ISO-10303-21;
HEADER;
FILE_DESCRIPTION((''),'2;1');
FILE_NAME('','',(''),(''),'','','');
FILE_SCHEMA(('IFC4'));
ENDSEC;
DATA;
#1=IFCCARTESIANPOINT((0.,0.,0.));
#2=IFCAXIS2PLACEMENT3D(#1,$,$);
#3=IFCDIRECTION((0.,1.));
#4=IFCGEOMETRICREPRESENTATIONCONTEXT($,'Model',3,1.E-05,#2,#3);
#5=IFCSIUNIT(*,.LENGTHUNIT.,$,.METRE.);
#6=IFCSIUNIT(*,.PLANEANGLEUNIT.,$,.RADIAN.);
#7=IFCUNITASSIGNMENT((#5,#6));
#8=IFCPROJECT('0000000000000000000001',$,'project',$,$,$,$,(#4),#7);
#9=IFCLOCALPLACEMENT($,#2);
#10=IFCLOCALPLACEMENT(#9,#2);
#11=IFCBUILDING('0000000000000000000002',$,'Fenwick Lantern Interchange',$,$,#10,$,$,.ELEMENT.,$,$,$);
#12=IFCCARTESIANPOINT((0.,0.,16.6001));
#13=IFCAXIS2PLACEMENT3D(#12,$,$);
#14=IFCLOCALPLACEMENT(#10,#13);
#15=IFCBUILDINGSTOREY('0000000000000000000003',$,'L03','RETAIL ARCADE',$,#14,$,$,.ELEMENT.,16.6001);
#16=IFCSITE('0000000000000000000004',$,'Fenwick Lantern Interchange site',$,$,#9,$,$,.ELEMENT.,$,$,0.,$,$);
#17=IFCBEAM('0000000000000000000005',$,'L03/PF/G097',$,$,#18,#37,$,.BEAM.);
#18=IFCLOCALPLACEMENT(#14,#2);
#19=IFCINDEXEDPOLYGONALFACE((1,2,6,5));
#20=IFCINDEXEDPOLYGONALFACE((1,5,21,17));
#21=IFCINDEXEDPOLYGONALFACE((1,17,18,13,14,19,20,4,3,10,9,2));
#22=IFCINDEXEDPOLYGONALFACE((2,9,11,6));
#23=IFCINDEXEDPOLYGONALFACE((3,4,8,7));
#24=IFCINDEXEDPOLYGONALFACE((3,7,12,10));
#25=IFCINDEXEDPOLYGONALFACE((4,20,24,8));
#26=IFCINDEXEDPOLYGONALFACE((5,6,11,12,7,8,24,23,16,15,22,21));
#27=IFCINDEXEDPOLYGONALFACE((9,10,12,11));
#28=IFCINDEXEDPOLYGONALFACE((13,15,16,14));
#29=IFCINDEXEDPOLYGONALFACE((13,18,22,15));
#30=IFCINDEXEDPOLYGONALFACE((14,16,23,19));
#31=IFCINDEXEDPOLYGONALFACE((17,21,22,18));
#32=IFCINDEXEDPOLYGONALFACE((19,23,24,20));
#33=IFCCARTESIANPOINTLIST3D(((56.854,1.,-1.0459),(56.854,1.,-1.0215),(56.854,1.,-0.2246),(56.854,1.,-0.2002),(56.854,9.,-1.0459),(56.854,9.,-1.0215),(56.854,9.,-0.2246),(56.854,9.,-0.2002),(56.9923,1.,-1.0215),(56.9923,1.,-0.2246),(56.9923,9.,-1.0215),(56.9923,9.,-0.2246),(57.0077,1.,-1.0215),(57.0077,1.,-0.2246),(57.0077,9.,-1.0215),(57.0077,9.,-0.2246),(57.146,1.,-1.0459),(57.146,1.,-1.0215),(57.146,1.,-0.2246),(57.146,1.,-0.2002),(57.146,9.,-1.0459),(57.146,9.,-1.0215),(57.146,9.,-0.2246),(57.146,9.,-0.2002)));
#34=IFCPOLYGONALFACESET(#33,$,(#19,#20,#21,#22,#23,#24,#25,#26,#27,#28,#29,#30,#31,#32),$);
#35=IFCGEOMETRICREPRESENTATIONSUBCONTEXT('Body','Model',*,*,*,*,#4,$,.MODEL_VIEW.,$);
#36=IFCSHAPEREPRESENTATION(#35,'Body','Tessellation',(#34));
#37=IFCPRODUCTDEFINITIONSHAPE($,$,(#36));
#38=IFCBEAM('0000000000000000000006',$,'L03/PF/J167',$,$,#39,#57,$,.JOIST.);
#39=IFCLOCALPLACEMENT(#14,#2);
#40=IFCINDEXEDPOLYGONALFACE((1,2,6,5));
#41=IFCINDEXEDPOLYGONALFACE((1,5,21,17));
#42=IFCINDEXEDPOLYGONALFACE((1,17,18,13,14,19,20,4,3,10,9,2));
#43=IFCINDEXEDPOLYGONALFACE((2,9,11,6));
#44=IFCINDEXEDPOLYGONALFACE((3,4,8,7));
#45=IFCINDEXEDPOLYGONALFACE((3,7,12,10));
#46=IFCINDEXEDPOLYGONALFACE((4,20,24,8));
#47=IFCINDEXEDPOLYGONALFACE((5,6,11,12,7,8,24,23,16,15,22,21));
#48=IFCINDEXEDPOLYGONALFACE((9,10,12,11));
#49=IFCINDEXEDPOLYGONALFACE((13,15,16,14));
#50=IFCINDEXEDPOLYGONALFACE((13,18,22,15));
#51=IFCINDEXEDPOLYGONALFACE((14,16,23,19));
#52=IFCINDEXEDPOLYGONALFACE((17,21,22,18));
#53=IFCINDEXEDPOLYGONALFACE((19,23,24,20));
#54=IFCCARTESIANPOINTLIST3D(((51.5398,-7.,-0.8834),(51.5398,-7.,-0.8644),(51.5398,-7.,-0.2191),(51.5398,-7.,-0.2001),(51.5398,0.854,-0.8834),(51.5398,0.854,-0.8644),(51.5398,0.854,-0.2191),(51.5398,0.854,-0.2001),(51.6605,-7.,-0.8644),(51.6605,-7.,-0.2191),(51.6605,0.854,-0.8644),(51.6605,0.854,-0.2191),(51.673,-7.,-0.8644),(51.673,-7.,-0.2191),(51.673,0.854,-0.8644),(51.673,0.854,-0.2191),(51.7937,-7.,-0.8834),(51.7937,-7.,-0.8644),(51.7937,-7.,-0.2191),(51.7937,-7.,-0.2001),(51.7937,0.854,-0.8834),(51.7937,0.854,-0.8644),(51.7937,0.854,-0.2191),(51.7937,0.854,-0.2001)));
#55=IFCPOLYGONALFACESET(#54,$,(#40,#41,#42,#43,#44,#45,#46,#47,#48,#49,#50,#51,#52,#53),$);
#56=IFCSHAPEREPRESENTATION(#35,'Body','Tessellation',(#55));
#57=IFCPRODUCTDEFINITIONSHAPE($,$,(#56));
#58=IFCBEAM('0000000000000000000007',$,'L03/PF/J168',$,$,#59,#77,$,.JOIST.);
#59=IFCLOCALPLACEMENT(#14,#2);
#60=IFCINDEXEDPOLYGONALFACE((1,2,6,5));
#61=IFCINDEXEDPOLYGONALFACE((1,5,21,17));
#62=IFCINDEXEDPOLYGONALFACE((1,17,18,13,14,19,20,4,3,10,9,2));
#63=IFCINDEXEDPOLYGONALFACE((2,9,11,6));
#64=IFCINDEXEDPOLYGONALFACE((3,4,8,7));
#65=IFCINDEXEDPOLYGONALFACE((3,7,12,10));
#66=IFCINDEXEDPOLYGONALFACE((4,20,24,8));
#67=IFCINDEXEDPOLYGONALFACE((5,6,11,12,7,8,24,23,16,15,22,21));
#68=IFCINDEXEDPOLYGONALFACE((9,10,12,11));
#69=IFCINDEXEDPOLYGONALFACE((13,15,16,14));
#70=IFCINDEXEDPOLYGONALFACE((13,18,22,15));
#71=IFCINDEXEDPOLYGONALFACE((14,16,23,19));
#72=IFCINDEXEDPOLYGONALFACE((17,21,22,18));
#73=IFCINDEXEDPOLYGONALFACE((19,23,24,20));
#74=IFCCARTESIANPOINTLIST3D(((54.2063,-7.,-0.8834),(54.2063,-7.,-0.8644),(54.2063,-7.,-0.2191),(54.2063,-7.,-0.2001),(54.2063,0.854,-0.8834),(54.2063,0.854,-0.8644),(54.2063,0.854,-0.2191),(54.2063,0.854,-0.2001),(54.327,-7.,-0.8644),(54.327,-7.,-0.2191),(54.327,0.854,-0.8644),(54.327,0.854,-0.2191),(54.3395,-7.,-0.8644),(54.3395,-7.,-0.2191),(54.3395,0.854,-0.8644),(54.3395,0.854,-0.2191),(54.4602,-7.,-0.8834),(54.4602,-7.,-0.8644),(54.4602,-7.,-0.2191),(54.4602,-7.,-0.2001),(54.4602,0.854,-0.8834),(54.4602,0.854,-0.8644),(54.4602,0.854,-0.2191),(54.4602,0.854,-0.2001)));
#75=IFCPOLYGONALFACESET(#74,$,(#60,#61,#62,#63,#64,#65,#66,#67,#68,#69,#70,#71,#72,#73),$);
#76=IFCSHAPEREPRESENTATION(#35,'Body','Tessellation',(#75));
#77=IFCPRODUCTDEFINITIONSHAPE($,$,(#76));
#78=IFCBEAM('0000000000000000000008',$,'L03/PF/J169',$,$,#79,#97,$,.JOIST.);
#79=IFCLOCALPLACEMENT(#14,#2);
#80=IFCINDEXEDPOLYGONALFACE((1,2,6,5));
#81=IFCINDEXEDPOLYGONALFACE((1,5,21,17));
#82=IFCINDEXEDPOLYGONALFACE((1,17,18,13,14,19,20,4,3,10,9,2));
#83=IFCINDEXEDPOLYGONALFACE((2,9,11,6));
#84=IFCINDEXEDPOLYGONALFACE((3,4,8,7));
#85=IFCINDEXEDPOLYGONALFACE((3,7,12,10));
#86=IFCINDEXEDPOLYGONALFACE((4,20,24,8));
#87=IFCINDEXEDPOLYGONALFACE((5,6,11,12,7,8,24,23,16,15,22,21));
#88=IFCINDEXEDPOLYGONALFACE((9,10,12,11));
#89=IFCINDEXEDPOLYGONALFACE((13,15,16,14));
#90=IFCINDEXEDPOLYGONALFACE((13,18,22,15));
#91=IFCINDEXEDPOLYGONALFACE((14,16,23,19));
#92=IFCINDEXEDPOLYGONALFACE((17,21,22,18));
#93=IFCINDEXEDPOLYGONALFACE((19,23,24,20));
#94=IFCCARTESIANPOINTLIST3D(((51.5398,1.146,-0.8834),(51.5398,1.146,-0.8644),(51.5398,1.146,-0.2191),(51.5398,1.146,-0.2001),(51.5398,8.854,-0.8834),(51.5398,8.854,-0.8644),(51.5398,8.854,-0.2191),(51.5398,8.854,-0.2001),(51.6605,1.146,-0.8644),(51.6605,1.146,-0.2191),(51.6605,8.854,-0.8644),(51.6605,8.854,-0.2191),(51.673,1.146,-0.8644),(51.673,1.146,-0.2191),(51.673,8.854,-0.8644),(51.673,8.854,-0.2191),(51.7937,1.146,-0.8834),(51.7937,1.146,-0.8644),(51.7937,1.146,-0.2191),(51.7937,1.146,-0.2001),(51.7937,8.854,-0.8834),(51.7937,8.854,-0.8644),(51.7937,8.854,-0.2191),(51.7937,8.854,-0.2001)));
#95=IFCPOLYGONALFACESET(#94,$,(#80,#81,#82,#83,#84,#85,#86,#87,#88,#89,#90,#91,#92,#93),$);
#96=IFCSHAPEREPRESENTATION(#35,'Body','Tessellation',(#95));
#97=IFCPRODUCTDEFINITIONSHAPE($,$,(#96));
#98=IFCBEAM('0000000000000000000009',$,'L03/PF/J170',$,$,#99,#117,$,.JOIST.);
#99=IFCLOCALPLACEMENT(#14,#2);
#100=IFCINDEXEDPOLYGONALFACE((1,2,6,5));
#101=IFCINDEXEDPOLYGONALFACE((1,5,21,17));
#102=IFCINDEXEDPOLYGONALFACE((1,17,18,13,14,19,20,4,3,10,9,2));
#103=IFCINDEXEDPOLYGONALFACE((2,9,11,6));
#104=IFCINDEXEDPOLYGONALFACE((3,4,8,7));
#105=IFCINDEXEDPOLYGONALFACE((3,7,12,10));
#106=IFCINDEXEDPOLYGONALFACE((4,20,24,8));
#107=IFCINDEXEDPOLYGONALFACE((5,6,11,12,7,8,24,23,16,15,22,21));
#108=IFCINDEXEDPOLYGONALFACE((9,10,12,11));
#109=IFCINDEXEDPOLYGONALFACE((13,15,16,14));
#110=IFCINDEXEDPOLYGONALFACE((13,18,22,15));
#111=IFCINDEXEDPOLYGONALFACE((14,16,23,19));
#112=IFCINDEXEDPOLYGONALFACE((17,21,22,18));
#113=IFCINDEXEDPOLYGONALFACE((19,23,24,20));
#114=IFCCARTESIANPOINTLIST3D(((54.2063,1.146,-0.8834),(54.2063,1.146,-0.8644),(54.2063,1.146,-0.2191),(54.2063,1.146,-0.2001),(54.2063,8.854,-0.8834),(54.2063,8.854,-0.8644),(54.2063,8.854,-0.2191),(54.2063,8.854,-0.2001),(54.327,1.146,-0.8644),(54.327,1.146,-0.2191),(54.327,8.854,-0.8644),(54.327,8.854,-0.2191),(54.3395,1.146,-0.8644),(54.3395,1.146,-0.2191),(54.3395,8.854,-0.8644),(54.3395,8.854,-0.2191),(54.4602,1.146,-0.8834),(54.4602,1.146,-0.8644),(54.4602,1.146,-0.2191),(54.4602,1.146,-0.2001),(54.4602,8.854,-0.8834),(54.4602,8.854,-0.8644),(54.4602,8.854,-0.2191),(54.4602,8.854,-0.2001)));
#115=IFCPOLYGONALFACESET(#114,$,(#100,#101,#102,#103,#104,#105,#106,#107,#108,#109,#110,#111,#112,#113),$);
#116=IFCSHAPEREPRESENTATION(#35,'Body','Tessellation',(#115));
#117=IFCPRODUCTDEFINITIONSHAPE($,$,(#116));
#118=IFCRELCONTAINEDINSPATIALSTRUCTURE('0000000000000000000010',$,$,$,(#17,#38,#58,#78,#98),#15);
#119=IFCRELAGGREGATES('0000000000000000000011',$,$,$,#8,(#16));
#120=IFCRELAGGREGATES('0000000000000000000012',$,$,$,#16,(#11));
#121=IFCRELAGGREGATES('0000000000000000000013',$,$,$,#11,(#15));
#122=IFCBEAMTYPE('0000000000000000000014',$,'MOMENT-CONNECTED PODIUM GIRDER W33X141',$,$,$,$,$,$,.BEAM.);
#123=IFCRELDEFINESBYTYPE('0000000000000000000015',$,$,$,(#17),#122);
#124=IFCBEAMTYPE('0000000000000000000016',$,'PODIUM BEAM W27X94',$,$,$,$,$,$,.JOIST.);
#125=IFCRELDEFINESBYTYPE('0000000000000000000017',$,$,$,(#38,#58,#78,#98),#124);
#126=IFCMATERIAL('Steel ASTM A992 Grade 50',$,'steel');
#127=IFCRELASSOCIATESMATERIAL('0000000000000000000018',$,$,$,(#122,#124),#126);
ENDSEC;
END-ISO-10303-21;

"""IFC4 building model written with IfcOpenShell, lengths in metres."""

from ifc_helpers import new_model, si_unit, direction, frame, origin, origin_2d, place, context, subcontext, project, spatial, i_section, extrude, material, material_profile, profile_set, type_object, element, save


model = new_model("IFC4")

# Units and contexts
model_context = context("Model", 3, precision=1e-05, world=origin(), true_north=direction((0.0, 1.0)))
body_context = subcontext(model_context, "Body", "Model", "MODEL_VIEW")
ifc_project = project(units=[si_unit("LENGTHUNIT", "METRE"), si_unit("PLANEANGLEUNIT", "RADIAN")], contexts=[model_context])

# Site, building, storey
site_placement = place(None, origin())
site = spatial("IfcSite", under=ifc_project, at=site_placement, Name="Fenwick Lantern Interchange site", CompositionType="ELEMENT", RefElevation=0.0)
building_placement = place(site_placement, origin())
building = spatial("IfcBuilding", under=site, at=building_placement, Name="Fenwick Lantern Interchange", CompositionType="ELEMENT")
storey_placement = place(building_placement, frame((0.0, 0.0, 16.6001)))
storey = spatial("IfcBuildingStorey", under=building, at=storey_placement, Name="L03", Description="RETAIL ARCADE", CompositionType="ELEMENT", Elevation=16.6001)

# Shared definitions
ifc_material_1 = material(Name="Steel ASTM A992 Grade 50", Category="steel")

# Beams
ifc_material_profile_1 = material_profile(ifc_material_1, i_section(OverallWidth=0.292, OverallDepth=0.8457, WebThickness=0.0154, FlangeThickness=0.0244, at=origin_2d()), Name="W33X141")
ifc_profile_set_1 = profile_set([ifc_material_profile_1], Name="Steel ASTM A992 Grade 50")
beam_type_1 = type_object("IfcBeamType", Name="MOMENT-CONNECTED PODIUM GIRDER W33X141", PredefinedType="BEAM", material=ifc_profile_set_1)
for number, where, z_axis, x_axis, name in (
    (1, (57.0, 1.0, -0.623), (0.0, 1.0, 0.0), (-1.0, 0.0, 0.0), "L03/PF/G097"),
):
    element("IfcBeam", number, at=place(storey_placement, frame(where, z_axis=z_axis, x_axis=x_axis)), inside=storey, type_object=beam_type_1, Name=name, PredefinedType="BEAM", context=body_context, shape_type="SweptSolid", body=[
        extrude(i_section(OverallWidth=0.292, OverallDepth=0.8457, WebThickness=0.0154, FlangeThickness=0.0244, at=origin_2d()), origin(), (0.0, 0.0, 1.0), 8.0),
    ])
ifc_material_profile_2 = material_profile(ifc_material_1, i_section(OverallWidth=0.2539, OverallDepth=0.6833, WebThickness=0.0125, FlangeThickness=0.019, at=origin_2d()), Name="W27X94")
ifc_profile_set_2 = profile_set([ifc_material_profile_2], Name="Steel ASTM A992 Grade 50")
beam_type_2 = type_object("IfcBeamType", Name="PODIUM BEAM W27X94", PredefinedType="JOIST", material=ifc_profile_set_2)
for number, where, z_axis, x_axis, name in (
    (2, (51.6667, -7.0, -0.5417), (0.0, 1.0, 0.0), (-1.0, 0.0, 0.0), "L03/PF/J167"),
    (3, (54.3333, -7.0, -0.5417), (0.0, 1.0, 0.0), (-1.0, 0.0, 0.0), "L03/PF/J168"),
):
    element("IfcBeam", number, at=place(storey_placement, frame(where, z_axis=z_axis, x_axis=x_axis)), inside=storey, type_object=beam_type_2, Name=name, PredefinedType="JOIST", context=body_context, shape_type="SweptSolid", body=[
        extrude(i_section(OverallWidth=0.2539, OverallDepth=0.6833, WebThickness=0.0125, FlangeThickness=0.019, at=origin_2d()), origin(), (0.0, 0.0, 1.0), 7.854),
    ])
for number, where, z_axis, x_axis, name in (
    (4, (51.6667, 1.146, -0.5417), (0.0, 1.0, 0.0), (-1.0, 0.0, 0.0), "L03/PF/J169"),
    (5, (54.3333, 1.146, -0.5417), (0.0, 1.0, 0.0), (-1.0, 0.0, 0.0), "L03/PF/J170"),
):
    element("IfcBeam", number, at=place(storey_placement, frame(where, z_axis=z_axis, x_axis=x_axis)), inside=storey, type_object=beam_type_2, Name=name, PredefinedType="JOIST", context=body_context, shape_type="SweptSolid", body=[
        extrude(i_section(OverallWidth=0.2539, OverallDepth=0.6833, WebThickness=0.0125, FlangeThickness=0.019, at=origin_2d()), origin(), (0.0, 0.0, 1.0), 7.708),
    ])

save(model, "model.ifc")
